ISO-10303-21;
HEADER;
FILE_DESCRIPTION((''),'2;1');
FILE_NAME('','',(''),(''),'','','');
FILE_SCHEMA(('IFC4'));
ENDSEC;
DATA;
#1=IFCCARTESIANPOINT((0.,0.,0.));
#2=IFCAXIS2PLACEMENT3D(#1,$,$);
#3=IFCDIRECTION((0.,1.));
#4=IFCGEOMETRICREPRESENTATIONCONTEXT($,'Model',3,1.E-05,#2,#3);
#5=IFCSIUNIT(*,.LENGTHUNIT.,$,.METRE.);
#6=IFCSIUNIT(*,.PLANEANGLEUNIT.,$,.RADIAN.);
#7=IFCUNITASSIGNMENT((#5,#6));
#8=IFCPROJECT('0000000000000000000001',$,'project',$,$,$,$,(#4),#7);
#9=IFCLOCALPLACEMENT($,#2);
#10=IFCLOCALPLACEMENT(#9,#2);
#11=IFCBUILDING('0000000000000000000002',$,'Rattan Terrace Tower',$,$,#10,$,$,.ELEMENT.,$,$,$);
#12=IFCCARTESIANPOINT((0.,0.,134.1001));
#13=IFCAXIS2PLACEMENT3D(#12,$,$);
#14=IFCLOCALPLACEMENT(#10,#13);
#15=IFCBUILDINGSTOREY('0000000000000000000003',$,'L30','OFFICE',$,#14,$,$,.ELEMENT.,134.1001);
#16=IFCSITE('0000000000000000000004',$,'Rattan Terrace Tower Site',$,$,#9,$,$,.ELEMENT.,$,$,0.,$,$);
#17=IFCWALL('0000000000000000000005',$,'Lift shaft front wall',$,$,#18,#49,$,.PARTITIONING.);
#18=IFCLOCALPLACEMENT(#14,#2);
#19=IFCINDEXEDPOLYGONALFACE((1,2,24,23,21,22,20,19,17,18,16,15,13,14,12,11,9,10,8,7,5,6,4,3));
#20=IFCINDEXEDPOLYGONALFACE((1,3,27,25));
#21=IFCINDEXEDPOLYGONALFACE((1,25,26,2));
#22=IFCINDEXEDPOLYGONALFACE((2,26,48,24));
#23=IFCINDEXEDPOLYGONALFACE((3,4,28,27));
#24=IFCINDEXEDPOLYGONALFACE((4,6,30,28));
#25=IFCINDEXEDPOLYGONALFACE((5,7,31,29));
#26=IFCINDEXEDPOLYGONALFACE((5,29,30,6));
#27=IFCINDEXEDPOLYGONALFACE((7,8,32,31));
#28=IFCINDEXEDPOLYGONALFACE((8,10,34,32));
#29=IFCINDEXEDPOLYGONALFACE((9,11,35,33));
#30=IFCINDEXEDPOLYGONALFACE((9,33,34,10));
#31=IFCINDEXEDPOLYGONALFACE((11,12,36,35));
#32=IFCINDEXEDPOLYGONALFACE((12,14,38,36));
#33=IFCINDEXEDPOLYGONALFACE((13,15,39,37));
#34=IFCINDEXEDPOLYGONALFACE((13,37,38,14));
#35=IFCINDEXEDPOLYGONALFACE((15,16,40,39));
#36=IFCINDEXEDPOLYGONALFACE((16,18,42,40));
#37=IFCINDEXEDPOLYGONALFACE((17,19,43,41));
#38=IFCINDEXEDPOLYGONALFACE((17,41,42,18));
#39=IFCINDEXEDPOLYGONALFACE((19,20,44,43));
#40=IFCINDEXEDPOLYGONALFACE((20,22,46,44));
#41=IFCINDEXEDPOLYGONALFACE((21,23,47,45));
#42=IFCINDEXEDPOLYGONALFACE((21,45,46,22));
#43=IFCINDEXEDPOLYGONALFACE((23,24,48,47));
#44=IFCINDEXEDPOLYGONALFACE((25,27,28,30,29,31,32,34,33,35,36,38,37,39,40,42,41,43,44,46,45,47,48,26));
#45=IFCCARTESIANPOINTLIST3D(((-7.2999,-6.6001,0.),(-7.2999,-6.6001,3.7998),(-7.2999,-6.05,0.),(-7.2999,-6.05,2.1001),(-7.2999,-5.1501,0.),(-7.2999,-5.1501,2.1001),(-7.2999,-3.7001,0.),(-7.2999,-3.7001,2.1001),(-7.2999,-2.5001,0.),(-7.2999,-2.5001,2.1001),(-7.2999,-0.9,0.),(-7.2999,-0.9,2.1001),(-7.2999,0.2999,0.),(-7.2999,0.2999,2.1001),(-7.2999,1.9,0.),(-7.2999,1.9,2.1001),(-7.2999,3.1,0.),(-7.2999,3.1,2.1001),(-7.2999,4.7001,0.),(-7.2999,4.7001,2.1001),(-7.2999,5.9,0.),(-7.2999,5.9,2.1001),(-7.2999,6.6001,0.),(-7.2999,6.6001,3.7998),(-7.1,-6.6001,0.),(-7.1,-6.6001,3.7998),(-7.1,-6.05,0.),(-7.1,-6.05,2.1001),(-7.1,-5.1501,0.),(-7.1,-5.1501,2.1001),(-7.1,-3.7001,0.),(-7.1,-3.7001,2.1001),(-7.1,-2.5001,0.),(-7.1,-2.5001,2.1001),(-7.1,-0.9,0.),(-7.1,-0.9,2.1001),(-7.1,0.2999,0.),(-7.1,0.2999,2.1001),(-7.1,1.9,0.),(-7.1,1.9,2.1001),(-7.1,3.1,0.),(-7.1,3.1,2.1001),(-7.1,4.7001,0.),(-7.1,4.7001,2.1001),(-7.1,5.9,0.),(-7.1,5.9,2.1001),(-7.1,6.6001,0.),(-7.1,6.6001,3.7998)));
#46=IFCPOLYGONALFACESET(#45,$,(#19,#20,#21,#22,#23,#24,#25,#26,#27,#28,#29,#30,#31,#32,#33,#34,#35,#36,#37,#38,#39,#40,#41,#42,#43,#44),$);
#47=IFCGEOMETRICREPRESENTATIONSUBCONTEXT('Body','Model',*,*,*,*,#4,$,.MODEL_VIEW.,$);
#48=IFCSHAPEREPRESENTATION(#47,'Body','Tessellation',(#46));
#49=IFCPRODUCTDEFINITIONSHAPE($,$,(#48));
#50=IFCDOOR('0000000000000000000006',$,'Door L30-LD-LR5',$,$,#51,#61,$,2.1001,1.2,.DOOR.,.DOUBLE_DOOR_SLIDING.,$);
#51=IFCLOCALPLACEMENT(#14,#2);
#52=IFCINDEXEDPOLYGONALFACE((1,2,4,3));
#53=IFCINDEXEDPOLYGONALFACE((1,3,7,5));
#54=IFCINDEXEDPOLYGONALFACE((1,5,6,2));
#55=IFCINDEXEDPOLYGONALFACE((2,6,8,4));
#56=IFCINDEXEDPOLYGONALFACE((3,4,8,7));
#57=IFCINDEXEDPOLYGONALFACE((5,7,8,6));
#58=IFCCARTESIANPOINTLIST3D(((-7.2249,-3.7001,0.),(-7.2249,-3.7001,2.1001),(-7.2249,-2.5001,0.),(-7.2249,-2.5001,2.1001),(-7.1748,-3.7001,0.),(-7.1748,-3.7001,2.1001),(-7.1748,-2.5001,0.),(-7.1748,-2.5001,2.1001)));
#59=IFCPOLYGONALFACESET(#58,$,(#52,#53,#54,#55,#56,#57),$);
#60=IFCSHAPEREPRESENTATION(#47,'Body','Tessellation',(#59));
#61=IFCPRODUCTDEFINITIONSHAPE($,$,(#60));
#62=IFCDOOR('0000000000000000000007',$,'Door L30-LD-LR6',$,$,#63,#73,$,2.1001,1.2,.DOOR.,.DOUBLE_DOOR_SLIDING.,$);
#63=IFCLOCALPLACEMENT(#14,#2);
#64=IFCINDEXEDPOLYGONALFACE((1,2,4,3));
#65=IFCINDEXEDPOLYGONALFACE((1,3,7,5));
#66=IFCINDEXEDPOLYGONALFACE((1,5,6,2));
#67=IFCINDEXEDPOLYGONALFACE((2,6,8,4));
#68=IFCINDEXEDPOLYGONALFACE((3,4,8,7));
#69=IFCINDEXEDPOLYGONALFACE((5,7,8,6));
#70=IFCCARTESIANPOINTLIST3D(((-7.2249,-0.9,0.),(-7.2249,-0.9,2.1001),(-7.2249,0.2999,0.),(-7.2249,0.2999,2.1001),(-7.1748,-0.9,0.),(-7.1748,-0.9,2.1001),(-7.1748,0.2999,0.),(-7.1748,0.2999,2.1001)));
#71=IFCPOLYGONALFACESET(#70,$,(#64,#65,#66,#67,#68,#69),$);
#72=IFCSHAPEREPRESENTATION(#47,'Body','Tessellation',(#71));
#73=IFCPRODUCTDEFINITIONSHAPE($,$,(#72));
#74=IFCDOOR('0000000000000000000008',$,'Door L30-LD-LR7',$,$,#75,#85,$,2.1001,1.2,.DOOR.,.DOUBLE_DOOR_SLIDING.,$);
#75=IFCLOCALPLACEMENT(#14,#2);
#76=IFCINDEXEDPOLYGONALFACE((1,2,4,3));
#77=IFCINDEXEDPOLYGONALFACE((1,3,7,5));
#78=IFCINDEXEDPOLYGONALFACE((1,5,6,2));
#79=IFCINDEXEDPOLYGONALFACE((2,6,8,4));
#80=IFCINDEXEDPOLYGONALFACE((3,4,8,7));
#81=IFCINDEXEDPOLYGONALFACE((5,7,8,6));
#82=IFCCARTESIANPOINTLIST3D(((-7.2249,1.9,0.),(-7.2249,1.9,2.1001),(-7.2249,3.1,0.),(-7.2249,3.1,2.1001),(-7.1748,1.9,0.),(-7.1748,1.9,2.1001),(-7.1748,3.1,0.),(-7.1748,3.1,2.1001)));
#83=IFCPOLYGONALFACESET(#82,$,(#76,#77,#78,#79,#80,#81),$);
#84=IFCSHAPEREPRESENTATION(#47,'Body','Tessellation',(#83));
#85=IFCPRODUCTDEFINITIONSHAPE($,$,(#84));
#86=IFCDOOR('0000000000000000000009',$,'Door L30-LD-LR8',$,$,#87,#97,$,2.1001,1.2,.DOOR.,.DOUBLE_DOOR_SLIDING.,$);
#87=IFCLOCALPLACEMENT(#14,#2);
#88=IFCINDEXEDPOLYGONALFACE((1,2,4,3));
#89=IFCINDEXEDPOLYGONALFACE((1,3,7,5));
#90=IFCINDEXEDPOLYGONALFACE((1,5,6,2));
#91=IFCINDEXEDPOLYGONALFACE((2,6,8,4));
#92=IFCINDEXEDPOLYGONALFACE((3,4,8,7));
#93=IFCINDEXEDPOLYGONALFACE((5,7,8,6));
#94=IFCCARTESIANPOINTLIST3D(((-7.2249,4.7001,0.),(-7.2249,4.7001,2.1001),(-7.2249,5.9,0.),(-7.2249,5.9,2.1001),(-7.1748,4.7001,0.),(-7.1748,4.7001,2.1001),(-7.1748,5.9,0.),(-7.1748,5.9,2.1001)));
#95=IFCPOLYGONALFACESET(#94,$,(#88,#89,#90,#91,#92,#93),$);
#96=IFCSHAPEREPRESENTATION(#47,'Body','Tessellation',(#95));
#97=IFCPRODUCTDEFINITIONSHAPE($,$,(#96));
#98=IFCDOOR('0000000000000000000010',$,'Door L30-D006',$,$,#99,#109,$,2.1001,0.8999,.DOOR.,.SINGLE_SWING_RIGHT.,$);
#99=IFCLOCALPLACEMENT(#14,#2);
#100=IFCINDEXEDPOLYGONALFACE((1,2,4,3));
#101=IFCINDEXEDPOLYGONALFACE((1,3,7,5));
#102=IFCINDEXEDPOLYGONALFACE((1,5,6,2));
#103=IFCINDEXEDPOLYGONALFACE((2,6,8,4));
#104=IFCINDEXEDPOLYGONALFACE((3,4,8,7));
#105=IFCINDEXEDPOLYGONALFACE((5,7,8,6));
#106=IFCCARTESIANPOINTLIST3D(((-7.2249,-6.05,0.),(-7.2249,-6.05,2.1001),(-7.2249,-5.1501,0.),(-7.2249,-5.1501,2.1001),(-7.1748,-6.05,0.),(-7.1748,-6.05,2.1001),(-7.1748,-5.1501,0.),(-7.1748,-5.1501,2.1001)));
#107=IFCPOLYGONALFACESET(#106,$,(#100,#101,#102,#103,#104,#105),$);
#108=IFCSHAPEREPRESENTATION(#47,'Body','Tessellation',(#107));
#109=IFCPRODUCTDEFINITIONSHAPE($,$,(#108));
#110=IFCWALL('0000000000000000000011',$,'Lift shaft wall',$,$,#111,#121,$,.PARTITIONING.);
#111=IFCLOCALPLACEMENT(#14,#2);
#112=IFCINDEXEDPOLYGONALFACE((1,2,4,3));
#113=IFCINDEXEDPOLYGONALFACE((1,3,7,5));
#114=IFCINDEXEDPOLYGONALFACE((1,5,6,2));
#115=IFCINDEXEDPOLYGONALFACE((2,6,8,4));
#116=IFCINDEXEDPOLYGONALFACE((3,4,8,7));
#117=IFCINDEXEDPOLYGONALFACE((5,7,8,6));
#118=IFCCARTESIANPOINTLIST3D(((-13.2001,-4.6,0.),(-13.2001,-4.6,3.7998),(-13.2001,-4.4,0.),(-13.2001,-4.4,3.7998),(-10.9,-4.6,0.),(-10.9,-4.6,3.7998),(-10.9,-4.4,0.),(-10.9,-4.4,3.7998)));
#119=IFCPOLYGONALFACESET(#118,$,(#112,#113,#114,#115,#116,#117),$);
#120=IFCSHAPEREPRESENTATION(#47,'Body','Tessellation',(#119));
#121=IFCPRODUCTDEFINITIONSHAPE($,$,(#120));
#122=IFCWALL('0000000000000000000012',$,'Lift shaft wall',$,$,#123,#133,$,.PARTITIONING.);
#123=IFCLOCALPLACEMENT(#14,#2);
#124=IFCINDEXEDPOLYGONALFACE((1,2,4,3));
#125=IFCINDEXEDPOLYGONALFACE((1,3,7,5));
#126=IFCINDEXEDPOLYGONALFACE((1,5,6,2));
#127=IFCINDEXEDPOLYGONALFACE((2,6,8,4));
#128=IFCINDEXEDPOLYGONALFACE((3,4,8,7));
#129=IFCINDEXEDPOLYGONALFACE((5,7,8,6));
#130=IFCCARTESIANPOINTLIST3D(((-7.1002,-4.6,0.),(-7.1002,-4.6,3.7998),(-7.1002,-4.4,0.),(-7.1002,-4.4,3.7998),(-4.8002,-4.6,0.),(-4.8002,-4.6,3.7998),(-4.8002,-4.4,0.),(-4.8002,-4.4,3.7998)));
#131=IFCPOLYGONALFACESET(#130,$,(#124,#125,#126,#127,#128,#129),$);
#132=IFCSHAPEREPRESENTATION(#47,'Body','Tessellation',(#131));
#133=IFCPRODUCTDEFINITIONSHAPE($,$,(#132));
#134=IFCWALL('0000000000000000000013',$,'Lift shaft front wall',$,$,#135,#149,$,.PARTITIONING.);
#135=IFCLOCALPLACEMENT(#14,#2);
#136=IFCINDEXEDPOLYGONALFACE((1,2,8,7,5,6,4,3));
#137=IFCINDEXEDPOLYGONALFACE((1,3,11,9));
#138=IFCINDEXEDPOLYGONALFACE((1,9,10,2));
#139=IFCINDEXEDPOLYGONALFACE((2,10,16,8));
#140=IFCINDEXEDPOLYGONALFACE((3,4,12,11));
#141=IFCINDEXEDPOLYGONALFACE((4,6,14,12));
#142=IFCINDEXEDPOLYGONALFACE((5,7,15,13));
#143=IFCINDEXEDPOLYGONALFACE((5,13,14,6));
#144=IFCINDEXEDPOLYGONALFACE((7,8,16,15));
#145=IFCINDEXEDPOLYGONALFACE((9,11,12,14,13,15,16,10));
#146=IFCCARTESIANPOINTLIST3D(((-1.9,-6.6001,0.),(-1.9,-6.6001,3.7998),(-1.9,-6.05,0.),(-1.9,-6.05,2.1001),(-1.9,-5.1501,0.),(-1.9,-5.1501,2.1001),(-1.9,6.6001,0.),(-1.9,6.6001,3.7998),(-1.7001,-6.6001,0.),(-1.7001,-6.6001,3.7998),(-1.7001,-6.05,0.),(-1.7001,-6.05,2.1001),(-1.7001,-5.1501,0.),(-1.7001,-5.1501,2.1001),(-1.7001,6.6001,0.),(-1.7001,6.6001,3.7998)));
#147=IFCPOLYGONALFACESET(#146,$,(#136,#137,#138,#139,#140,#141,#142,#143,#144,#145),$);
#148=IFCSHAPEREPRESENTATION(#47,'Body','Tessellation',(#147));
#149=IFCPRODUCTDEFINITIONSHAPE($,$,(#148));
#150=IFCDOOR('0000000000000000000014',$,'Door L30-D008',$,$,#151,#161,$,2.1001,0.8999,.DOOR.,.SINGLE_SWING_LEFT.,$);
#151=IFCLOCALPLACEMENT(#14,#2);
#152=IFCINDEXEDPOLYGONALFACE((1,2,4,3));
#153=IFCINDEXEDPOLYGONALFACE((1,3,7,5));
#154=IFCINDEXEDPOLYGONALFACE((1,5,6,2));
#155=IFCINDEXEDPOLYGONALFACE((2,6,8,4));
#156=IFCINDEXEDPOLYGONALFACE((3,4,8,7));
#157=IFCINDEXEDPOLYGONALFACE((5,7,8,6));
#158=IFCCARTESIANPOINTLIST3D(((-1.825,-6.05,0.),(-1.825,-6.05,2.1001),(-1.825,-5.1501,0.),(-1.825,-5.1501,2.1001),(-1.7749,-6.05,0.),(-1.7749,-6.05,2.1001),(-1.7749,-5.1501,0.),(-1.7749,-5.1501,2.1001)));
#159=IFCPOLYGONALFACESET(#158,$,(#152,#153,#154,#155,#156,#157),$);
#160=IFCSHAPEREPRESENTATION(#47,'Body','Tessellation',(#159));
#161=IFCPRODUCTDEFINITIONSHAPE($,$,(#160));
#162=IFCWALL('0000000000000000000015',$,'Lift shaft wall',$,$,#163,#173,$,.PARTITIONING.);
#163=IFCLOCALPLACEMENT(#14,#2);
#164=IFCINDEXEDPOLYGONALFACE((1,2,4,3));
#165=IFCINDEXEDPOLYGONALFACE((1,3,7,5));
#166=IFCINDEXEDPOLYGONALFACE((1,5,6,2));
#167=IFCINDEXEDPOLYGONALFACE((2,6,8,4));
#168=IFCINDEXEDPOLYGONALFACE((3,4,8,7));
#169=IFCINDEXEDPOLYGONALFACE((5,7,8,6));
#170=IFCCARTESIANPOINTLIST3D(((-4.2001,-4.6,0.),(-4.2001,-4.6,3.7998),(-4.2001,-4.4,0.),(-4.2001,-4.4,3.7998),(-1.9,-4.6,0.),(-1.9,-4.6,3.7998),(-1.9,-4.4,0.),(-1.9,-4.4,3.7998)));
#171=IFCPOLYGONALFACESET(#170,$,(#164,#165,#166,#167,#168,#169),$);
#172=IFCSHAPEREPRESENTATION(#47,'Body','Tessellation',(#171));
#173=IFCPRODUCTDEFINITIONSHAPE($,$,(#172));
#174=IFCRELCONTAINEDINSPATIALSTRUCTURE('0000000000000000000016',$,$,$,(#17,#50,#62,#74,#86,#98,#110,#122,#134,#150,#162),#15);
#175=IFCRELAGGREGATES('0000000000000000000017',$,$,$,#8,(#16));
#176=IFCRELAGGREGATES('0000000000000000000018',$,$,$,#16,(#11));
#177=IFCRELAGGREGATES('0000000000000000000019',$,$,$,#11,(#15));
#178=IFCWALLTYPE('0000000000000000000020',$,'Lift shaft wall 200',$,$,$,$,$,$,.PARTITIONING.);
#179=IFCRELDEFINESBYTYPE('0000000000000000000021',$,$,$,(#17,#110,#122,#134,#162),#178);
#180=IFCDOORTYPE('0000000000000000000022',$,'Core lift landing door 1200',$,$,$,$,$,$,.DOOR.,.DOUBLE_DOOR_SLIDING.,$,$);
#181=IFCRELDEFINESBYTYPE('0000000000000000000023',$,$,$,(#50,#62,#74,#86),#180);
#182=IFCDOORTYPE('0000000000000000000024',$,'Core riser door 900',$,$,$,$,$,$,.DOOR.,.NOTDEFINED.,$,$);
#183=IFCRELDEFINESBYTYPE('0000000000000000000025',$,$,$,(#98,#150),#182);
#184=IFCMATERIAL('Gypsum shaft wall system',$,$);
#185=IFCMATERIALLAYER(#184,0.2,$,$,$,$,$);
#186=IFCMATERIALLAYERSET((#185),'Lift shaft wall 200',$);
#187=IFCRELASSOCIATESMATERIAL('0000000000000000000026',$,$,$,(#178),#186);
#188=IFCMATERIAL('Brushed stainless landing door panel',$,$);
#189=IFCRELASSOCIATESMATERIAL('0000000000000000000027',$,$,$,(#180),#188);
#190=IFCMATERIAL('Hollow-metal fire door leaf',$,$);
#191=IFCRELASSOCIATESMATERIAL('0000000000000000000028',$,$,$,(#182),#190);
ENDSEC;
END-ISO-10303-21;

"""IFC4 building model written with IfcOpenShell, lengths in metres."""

from ifc_helpers import new_model, si_unit, direction, frame, frame_2d, origin, place, context, subcontext, project, spatial, rectangle, extrude, material, layer, layer_set, type_object, element, fill, save


model = new_model("IFC4")

# Units and contexts
model_context = context("Model", 3, precision=1e-05, world=origin(), true_north=direction((0.0, 1.0)))
body_context = subcontext(model_context, "Body", "Model", "MODEL_VIEW")
ifc_project = project(units=[si_unit("LENGTHUNIT", "METRE"), si_unit("PLANEANGLEUNIT", "RADIAN")], contexts=[model_context])

# Site, building, storey
site_placement = place(None, origin())
site = spatial("IfcSite", under=ifc_project, at=site_placement, Name="Rattan Terrace Tower Site", CompositionType="ELEMENT", RefElevation=0.0)
building_placement = place(site_placement, origin())
building = spatial("IfcBuilding", under=site, at=building_placement, Name="Rattan Terrace Tower", CompositionType="ELEMENT")
storey_placement = place(building_placement, frame((0.0, 0.0, 134.1001)))
storey = spatial("IfcBuildingStorey", under=building, at=storey_placement, Name="L30", Description="OFFICE", CompositionType="ELEMENT", Elevation=134.1001)

# Wall, openings, doors
ifc_material_1 = material(Name="Gypsum shaft wall system")
ifc_layer_1 = layer(ifc_material_1, 0.2)
ifc_layer_set_1 = layer_set([ifc_layer_1], Name="Lift shaft wall 200")
wall_type_1 = type_object("IfcWallType", Name="Lift shaft wall 200", PredefinedType="PARTITIONING", material=ifc_layer_set_1)
ifc_material_2 = material(Name="Brushed stainless landing door panel")
door_type_1 = type_object("IfcDoorType", Name="Core lift landing door 1200", OperationType="DOUBLE_DOOR_SLIDING", PredefinedType="DOOR", material=ifc_material_2)
ifc_material_3 = material(Name="Hollow-metal fire door leaf")
door_type_2 = type_object("IfcDoorType", Name="Core riser door 900", OperationType="NOTDEFINED", PredefinedType="DOOR", material=ifc_material_3)
wall_1_placement = place(storey_placement, frame((-7.2, -6.6001, 0.0), z_axis=(0.0, 0.0, 1.0), x_axis=(0.0, 1.0, 0.0)))
wall_1 = element("IfcWall", 1, at=wall_1_placement, inside=storey, type_object=wall_type_1, Name="Lift shaft front wall", PredefinedType="PARTITIONING", context=body_context, shape_type="SweptSolid", body=[
    extrude(rectangle(XDim=13.2002, YDim=0.2, at=frame_2d((6.6001, 0.0))), origin(), (0.0, 0.0, 1.0), 3.7998),
])
opening_1_placement = place(wall_1_placement, frame((0.55, 0.0, 0.0)))
opening_1 = element("IfcOpeningElement", 2, at=opening_1_placement, cuts=wall_1, PredefinedType="OPENING", context=body_context, shape_type="SweptSolid", body=[
    extrude(rectangle(XDim=0.8999, YDim=2.1001, at=frame_2d((0.45, 1.05))), frame((0.0, 0.1106, 0.0), z_axis=(0.0, -1.0, 0.0), x_axis=(1.0, 0.0, 0.0)), (0.0, 0.0, 1.0), 0.2209),
])
opening_2_placement = place(wall_1_placement, frame((2.8999, 0.0, 0.0)))
opening_2 = element("IfcOpeningElement", 3, at=opening_2_placement, cuts=wall_1, PredefinedType="OPENING", context=body_context, shape_type="SweptSolid", body=[
    extrude(rectangle(XDim=1.2, YDim=2.1001, at=frame_2d((0.6001, 1.05))), frame((0.0, 0.1106, 0.0), z_axis=(0.0, -1.0, 0.0), x_axis=(1.0, 0.0, 0.0)), (0.0, 0.0, 1.0), 0.2209),
])
opening_3_placement = place(wall_1_placement, frame((5.7, 0.0, 0.0)))
opening_3 = element("IfcOpeningElement", 4, at=opening_3_placement, cuts=wall_1, PredefinedType="OPENING", context=body_context, shape_type="SweptSolid", body=[
    extrude(rectangle(XDim=1.2, YDim=2.1001, at=frame_2d((0.6001, 1.05))), frame((0.0, 0.1106, 0.0), z_axis=(0.0, -1.0, 0.0), x_axis=(1.0, 0.0, 0.0)), (0.0, 0.0, 1.0), 0.2209),
])
opening_4_placement = place(wall_1_placement, frame((8.5, 0.0, 0.0)))
opening_4 = element("IfcOpeningElement", 5, at=opening_4_placement, cuts=wall_1, PredefinedType="OPENING", context=body_context, shape_type="SweptSolid", body=[
    extrude(rectangle(XDim=1.2, YDim=2.1001, at=frame_2d((0.6001, 1.05))), frame((0.0, 0.1106, 0.0), z_axis=(0.0, -1.0, 0.0), x_axis=(1.0, 0.0, 0.0)), (0.0, 0.0, 1.0), 0.2209),
])
opening_5_placement = place(wall_1_placement, frame((11.3, 0.0, 0.0)))
opening_5 = element("IfcOpeningElement", 6, at=opening_5_placement, cuts=wall_1, PredefinedType="OPENING", context=body_context, shape_type="SweptSolid", body=[
    extrude(rectangle(XDim=1.2, YDim=2.1001, at=frame_2d((0.6001, 1.05))), frame((0.0, 0.1106, 0.0), z_axis=(0.0, -1.0, 0.0), x_axis=(1.0, 0.0, 0.0)), (0.0, 0.0, 1.0), 0.2209),
])
door_1_placement = place(opening_2_placement, origin())
door_1 = element("IfcDoor", 7, at=door_1_placement, inside=storey, type_object=door_type_1, Name="Door L30-LD-LR5", OperationType="DOUBLE_DOOR_SLIDING", OverallHeight=2.1001, OverallWidth=1.2, PredefinedType="DOOR", context=body_context, shape_type="SweptSolid", body=[
    extrude(rectangle(XDim=1.2, YDim=2.1001, at=frame_2d((0.6001, 1.05))), frame((0.0, 0.0249, 0.0), z_axis=(0.0, -1.0, 0.0), x_axis=(1.0, 0.0, 0.0)), (0.0, 0.0, 1.0), 0.05),
])
fill(opening_2, door_1)
door_2_placement = place(opening_3_placement, origin())
door_2 = element("IfcDoor", 8, at=door_2_placement, inside=storey, type_object=door_type_1, Name="Door L30-LD-LR6", OperationType="DOUBLE_DOOR_SLIDING", OverallHeight=2.1001, OverallWidth=1.2, PredefinedType="DOOR", context=body_context, shape_type="SweptSolid", body=[
    extrude(rectangle(XDim=1.2, YDim=2.1001, at=frame_2d((0.6001, 1.05))), frame((0.0, 0.0249, 0.0), z_axis=(0.0, -1.0, 0.0), x_axis=(1.0, 0.0, 0.0)), (0.0, 0.0, 1.0), 0.05),
])
fill(opening_3, door_2)
door_3_placement = place(opening_4_placement, origin())
door_3 = element("IfcDoor", 9, at=door_3_placement, inside=storey, type_object=door_type_1, Name="Door L30-LD-LR7", OperationType="DOUBLE_DOOR_SLIDING", OverallHeight=2.1001, OverallWidth=1.2, PredefinedType="DOOR", context=body_context, shape_type="SweptSolid", body=[
    extrude(rectangle(XDim=1.2, YDim=2.1001, at=frame_2d((0.6001, 1.05))), frame((0.0, 0.0249, 0.0), z_axis=(0.0, -1.0, 0.0), x_axis=(1.0, 0.0, 0.0)), (0.0, 0.0, 1.0), 0.05),
])
fill(opening_4, door_3)
door_4_placement = place(opening_5_placement, origin())
door_4 = element("IfcDoor", 10, at=door_4_placement, inside=storey, type_object=door_type_1, Name="Door L30-LD-LR8", OperationType="DOUBLE_DOOR_SLIDING", OverallHeight=2.1001, OverallWidth=1.2, PredefinedType="DOOR", context=body_context, shape_type="SweptSolid", body=[
    extrude(rectangle(XDim=1.2, YDim=2.1001, at=frame_2d((0.6001, 1.05))), frame((0.0, 0.0249, 0.0), z_axis=(0.0, -1.0, 0.0), x_axis=(1.0, 0.0, 0.0)), (0.0, 0.0, 1.0), 0.05),
])
fill(opening_5, door_4)
door_5_placement = place(opening_1_placement, origin())
door_5 = element("IfcDoor", 11, at=door_5_placement, inside=storey, type_object=door_type_2, Name="Door L30-D006", OperationType="SINGLE_SWING_RIGHT", OverallHeight=2.1001, OverallWidth=0.8999, PredefinedType="DOOR", context=body_context, shape_type="SweptSolid", body=[
    extrude(rectangle(XDim=0.8999, YDim=2.1001, at=frame_2d((0.45, 1.05))), frame((0.0, 0.0249, 0.0), z_axis=(0.0, -1.0, 0.0), x_axis=(1.0, 0.0, 0.0)), (0.0, 0.0, 1.0), 0.05),
])
fill(opening_1, door_5)

# Walls
for number, where, z_axis, x_axis, name in (
    (12, (-13.2, -4.5, 0.0), (0.0, 0.0, 1.0), (1.0, 0.0, 0.0), "Lift shaft wall"),
    (13, (-7.1001, -4.5, 0.0), (0.0, 0.0, 1.0), (1.0, 0.0, 0.0), "Lift shaft wall"),
):
    element("IfcWall", number, at=place(storey_placement, frame(where, z_axis=z_axis, x_axis=x_axis)), inside=storey, type_object=wall_type_1, Name=name, PredefinedType="PARTITIONING", context=body_context, shape_type="SweptSolid", body=[
        extrude(rectangle(XDim=2.3, YDim=0.2, at=frame_2d((1.1499, 0.0))), origin(), (0.0, 0.0, 1.0), 3.7998),
    ])

# Wall, opening, door
wall_2_placement = place(storey_placement, frame((-1.8, -6.6001, 0.0), z_axis=(0.0, 0.0, 1.0), x_axis=(0.0, 1.0, 0.0)))
wall_2 = element("IfcWall", 14, at=wall_2_placement, inside=storey, type_object=wall_type_1, Name="Lift shaft front wall", PredefinedType="PARTITIONING", context=body_context, shape_type="SweptSolid", body=[
    extrude(rectangle(XDim=13.2002, YDim=0.2, at=frame_2d((6.6001, 0.0))), origin(), (0.0, 0.0, 1.0), 3.7998),
])
opening_6_placement = place(wall_2_placement, frame((0.55, 0.0, 0.0)))
opening_6 = element("IfcOpeningElement", 15, at=opening_6_placement, cuts=wall_2, PredefinedType="OPENING", context=body_context, shape_type="SweptSolid", body=[
    extrude(rectangle(XDim=0.8999, YDim=2.1001, at=frame_2d((0.45, 1.05))), frame((0.0, 0.1106, 0.0), z_axis=(0.0, -1.0, 0.0), x_axis=(1.0, 0.0, 0.0)), (0.0, 0.0, 1.0), 0.2209),
])
door_6_placement = place(opening_6_placement, origin())
door_6 = element("IfcDoor", 16, at=door_6_placement, inside=storey, type_object=door_type_2, Name="Door L30-D008", OperationType="SINGLE_SWING_LEFT", OverallHeight=2.1001, OverallWidth=0.8999, PredefinedType="DOOR", context=body_context, shape_type="SweptSolid", body=[
    extrude(rectangle(XDim=0.8999, YDim=2.1001, at=frame_2d((0.45, 1.05))), frame((0.0, 0.0249, 0.0), z_axis=(0.0, -1.0, 0.0), x_axis=(1.0, 0.0, 0.0)), (0.0, 0.0, 1.0), 0.05),
])
fill(opening_6, door_6)

# Wall
wall_3_placement = place(storey_placement, frame((-4.2, -4.5, 0.0), z_axis=(0.0, 0.0, 1.0), x_axis=(1.0, 0.0, 0.0)))
element("IfcWall", 17, at=wall_3_placement, inside=storey, type_object=wall_type_1, Name="Lift shaft wall", PredefinedType="PARTITIONING", context=body_context, shape_type="SweptSolid", body=[
    extrude(rectangle(XDim=2.3, YDim=0.2, at=frame_2d((1.1499, 0.0))), origin(), (0.0, 0.0, 1.0), 3.7998),
])

save(model, "model.ifc")
